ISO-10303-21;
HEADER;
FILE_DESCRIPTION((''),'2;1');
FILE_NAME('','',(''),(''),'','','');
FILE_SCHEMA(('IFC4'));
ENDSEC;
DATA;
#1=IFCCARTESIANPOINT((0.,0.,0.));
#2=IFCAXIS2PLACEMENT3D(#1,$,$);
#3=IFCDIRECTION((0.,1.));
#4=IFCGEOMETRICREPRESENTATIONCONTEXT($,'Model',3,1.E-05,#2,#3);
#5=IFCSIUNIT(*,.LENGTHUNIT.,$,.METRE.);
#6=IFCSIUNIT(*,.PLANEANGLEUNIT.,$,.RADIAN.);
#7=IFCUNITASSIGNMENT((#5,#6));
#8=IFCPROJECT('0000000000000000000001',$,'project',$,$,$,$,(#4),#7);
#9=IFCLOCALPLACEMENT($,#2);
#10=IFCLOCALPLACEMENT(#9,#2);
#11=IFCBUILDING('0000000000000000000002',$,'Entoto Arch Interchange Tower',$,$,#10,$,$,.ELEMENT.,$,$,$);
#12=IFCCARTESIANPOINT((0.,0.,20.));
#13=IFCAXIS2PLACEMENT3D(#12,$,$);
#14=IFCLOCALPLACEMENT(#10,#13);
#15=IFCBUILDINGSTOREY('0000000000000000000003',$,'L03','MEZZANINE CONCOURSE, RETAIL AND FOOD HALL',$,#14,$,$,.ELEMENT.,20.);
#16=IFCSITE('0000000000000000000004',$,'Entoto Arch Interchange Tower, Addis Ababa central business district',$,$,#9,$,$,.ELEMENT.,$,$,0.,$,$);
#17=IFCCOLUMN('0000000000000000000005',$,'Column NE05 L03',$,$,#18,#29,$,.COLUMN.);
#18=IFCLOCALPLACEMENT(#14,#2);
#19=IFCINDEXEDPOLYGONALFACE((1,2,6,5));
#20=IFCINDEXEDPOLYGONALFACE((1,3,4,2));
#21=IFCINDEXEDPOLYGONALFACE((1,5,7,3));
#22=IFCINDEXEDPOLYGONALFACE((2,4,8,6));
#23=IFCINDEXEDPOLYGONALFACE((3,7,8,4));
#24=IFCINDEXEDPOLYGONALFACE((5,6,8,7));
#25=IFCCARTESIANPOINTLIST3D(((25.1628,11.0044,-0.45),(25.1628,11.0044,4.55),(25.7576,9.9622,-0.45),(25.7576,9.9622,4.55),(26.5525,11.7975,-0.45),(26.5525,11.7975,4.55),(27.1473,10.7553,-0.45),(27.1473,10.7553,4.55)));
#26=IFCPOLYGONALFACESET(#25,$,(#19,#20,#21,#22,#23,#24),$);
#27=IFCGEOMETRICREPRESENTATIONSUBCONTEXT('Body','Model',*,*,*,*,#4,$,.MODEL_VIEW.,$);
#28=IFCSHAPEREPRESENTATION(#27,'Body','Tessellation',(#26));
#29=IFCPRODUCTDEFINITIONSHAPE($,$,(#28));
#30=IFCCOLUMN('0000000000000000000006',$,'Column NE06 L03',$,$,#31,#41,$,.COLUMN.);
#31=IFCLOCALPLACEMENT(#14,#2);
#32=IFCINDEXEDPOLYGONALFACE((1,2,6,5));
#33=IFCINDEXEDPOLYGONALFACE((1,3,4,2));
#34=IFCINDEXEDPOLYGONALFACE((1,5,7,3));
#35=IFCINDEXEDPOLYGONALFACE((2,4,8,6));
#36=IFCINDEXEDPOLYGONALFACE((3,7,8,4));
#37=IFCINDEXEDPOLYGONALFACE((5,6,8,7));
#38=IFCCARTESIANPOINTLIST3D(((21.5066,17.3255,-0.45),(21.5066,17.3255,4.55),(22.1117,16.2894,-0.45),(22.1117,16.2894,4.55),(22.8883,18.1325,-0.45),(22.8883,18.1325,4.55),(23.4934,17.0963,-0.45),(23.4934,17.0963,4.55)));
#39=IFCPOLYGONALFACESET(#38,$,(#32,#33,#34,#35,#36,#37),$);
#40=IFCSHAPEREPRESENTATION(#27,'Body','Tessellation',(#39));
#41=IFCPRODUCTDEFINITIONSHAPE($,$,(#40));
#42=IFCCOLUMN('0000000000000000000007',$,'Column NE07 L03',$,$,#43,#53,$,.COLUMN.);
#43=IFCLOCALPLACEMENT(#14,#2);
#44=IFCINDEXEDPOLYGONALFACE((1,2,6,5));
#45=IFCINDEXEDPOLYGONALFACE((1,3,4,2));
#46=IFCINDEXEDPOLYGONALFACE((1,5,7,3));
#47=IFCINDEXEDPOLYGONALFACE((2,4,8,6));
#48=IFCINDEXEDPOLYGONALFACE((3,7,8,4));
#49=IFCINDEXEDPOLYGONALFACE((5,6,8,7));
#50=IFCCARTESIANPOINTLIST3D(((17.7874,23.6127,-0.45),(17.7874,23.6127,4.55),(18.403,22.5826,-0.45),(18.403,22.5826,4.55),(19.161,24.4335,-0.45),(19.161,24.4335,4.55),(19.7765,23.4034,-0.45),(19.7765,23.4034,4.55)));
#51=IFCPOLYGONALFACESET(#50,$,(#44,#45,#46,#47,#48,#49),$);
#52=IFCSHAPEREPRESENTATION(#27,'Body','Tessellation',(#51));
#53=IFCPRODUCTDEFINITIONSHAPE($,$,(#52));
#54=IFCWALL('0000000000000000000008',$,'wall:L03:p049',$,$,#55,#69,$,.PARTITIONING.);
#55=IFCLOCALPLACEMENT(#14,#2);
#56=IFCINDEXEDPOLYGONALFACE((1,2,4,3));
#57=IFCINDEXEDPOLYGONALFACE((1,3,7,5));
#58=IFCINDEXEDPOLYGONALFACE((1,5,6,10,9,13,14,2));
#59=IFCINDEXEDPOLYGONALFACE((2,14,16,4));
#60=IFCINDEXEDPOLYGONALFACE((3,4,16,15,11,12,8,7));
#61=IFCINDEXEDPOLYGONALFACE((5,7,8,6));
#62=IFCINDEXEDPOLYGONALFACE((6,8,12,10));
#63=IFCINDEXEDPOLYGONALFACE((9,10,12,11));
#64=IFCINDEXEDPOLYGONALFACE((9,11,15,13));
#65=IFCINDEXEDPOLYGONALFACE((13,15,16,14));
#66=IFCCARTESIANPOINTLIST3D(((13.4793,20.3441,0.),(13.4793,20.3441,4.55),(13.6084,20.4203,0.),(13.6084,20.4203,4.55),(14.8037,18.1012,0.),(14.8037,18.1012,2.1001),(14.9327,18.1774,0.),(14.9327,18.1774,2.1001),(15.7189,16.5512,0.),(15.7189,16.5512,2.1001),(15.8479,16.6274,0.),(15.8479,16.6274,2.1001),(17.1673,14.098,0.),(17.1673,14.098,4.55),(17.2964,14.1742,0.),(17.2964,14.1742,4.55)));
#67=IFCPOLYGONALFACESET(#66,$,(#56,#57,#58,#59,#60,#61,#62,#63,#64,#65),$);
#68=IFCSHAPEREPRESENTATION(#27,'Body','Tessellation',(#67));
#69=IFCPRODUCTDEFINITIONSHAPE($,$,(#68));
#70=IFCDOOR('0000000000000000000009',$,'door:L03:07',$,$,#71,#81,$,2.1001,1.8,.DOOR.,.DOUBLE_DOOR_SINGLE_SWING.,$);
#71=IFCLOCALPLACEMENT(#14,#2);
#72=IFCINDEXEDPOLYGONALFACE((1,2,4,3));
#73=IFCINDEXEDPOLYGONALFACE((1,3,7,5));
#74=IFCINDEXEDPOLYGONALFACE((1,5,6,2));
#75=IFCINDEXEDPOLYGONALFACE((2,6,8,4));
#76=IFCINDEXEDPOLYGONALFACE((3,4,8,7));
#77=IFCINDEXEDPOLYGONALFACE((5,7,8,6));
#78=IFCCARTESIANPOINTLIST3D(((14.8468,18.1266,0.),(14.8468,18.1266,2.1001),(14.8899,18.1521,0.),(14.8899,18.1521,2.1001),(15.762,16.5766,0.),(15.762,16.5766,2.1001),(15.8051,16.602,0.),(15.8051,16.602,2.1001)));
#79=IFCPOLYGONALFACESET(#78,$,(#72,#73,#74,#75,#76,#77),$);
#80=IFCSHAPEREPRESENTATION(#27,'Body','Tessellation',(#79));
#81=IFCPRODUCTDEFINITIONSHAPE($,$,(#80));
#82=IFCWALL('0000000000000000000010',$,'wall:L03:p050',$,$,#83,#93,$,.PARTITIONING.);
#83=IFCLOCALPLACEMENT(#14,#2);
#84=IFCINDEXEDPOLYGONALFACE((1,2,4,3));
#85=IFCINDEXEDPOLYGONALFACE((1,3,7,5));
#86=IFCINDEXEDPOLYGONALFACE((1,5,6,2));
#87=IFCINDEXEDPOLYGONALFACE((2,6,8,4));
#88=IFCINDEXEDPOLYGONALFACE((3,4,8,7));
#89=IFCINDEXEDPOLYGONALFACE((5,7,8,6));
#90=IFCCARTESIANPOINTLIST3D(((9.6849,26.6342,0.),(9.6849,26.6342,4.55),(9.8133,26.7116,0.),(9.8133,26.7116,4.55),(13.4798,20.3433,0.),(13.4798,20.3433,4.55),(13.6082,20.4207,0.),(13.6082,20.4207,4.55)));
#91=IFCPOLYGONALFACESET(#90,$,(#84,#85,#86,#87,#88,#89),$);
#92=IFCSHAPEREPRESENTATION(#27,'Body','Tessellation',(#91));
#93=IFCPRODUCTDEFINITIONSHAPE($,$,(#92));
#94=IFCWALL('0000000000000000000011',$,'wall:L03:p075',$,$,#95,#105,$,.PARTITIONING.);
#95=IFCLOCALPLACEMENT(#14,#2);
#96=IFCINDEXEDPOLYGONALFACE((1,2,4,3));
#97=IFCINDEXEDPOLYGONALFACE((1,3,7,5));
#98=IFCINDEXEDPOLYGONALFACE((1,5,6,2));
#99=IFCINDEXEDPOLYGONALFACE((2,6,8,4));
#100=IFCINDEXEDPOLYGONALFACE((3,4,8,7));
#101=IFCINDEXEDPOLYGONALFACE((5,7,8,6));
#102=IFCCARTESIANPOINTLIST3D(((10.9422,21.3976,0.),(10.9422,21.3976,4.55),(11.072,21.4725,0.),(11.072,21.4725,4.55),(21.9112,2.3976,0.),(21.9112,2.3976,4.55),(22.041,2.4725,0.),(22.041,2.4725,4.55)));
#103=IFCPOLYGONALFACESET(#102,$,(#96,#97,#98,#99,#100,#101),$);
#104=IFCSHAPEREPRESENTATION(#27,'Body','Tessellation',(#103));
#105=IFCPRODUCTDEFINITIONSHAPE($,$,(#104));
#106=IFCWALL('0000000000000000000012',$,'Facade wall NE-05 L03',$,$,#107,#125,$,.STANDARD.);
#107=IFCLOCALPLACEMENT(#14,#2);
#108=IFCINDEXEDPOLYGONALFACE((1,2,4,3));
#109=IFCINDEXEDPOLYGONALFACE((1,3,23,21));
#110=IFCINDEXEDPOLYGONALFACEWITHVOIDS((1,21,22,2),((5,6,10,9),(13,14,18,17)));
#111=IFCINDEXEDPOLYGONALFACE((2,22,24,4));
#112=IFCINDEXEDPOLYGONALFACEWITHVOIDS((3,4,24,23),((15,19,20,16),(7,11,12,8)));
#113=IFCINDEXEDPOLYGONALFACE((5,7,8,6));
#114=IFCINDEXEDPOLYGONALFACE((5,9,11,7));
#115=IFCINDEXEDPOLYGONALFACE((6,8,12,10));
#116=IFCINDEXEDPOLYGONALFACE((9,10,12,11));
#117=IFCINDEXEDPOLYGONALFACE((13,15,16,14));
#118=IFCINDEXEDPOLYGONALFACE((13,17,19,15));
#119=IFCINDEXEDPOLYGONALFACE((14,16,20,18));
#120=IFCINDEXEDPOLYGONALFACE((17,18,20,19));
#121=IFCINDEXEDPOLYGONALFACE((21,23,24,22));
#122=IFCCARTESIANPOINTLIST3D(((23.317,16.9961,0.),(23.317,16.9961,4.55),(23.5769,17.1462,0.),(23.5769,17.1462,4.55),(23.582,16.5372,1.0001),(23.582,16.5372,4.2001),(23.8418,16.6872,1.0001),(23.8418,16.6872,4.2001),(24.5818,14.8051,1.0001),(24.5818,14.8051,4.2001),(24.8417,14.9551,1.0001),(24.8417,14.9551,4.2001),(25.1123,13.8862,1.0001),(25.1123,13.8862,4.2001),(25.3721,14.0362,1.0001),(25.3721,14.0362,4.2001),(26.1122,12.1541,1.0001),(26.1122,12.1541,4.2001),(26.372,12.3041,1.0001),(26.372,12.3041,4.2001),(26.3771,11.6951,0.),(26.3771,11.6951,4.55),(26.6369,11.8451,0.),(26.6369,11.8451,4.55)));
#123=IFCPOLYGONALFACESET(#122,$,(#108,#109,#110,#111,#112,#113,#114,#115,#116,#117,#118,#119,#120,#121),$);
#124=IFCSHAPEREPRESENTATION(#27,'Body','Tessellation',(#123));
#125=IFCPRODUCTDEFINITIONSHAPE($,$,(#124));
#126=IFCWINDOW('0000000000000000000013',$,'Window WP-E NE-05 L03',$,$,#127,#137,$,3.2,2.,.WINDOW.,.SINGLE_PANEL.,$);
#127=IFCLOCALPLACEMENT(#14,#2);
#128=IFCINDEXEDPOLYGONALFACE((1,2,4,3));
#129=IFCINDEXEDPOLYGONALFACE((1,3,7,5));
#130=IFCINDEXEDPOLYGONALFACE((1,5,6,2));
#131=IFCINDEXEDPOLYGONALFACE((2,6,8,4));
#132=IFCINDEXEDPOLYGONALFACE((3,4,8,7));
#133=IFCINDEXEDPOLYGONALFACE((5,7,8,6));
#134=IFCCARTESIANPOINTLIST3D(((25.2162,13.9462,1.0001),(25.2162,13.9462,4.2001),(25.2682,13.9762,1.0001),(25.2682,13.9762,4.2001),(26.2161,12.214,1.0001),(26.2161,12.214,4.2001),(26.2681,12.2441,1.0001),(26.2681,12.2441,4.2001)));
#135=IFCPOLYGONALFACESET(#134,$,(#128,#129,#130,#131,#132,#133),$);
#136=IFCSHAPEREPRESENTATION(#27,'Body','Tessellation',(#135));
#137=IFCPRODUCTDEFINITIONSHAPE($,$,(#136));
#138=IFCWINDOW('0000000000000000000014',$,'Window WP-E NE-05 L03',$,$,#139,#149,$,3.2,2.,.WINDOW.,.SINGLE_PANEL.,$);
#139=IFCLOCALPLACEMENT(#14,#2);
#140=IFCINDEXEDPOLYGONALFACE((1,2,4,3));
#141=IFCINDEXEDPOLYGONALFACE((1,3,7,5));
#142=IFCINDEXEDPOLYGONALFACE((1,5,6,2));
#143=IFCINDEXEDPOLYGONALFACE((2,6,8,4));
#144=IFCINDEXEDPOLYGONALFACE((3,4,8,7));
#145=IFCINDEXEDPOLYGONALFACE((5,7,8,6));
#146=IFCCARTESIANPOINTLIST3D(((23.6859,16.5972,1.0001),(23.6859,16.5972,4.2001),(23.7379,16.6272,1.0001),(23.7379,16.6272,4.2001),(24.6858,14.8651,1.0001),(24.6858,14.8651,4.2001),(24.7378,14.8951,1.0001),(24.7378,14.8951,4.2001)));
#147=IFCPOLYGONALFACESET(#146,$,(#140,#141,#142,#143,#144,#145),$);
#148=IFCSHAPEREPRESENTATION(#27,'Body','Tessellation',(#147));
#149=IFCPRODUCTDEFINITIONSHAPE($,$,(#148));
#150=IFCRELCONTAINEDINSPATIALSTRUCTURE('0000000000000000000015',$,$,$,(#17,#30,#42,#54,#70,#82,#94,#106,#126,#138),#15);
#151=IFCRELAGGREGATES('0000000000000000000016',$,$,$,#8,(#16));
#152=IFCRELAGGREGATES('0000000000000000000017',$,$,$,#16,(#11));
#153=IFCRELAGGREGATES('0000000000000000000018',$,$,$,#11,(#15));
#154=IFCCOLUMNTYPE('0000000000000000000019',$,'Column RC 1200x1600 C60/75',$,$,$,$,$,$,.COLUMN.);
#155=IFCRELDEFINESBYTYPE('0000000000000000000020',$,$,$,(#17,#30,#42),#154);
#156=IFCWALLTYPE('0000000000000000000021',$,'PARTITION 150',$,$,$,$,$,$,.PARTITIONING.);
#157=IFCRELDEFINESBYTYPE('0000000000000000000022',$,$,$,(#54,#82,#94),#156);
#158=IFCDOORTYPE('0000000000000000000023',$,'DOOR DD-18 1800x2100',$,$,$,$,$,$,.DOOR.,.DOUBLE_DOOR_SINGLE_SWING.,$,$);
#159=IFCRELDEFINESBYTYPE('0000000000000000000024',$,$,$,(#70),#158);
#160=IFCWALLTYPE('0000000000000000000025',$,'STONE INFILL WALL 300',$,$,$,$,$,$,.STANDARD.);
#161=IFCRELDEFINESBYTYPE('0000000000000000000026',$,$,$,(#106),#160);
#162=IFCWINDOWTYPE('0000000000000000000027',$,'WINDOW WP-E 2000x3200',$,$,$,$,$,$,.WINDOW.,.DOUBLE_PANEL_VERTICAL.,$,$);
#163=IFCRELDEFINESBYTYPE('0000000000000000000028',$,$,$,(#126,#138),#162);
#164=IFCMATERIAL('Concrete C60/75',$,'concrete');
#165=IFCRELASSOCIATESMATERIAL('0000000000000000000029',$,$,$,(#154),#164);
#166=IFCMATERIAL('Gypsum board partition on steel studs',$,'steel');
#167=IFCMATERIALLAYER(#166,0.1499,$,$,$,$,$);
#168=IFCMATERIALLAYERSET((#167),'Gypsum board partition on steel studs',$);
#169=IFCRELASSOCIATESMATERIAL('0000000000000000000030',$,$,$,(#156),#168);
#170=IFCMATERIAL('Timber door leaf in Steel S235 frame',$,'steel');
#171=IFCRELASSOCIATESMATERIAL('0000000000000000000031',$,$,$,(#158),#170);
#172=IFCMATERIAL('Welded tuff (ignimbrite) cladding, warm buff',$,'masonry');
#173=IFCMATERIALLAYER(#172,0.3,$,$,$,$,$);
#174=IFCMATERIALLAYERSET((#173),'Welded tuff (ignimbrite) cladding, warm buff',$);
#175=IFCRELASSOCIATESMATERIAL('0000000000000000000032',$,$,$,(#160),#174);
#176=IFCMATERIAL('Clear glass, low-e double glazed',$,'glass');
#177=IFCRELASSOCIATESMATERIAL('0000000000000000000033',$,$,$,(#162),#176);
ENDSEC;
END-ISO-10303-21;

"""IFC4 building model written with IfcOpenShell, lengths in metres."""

from ifc_helpers import new_model, si_unit, direction, frame, frame_2d, origin, origin_2d, place, context, subcontext, project, spatial, rectangle, extrude, material, layer, layer_set, material_profile, profile_set, type_object, element, fill, save


model = new_model("IFC4")

# Units and contexts
model_context = context("Model", 3, precision=1e-05, world=origin(), true_north=direction((0.0, 1.0)))
body_context = subcontext(model_context, "Body", "Model", "MODEL_VIEW")
ifc_project = project(units=[si_unit("LENGTHUNIT", "METRE"), si_unit("PLANEANGLEUNIT", "RADIAN")], contexts=[model_context])

# Site, building, storey
site_placement = place(None, origin())
site = spatial("IfcSite", under=ifc_project, at=site_placement, Name="Entoto Arch Interchange Tower, Addis Ababa central business district", CompositionType="ELEMENT", RefElevation=0.0)
building_placement = place(site_placement, origin())
building = spatial("IfcBuilding", under=site, at=building_placement, Name="Entoto Arch Interchange Tower", CompositionType="ELEMENT")
storey_placement = place(building_placement, frame((0.0, 0.0, 20.0)))
storey = spatial("IfcBuildingStorey", under=building, at=storey_placement, Name="L03", Description="MEZZANINE CONCOURSE, RETAIL AND FOOD HALL", CompositionType="ELEMENT", Elevation=20.0)

# Columns
ifc_material_1 = material(Name="Concrete C60/75", Category="concrete")
ifc_material_profile = material_profile(ifc_material_1, rectangle(XDim=1.2, YDim=1.6001, at=origin_2d()))
ifc_profile_set = profile_set([ifc_material_profile], Name="Concrete C60/75")
column_type = type_object("IfcColumnType", Name="Column RC 1200x1600 C60/75", PredefinedType="COLUMN", material=ifc_profile_set)
for number, where, z_axis, x_axis, name in (
    (1, (26.155, 10.8799, -0.45), (0.0, 0.0, 1.0), (-0.495656, 0.868519, 0.0), "Column NE05 L03"),
    (2, (22.5, 17.2109, -0.45), (0.0, 0.0, 1.0), (-0.504332, 0.86351, 0.0), "Column NE06 L03"),
    (3, (18.782, 23.5081, -0.45), (0.0, 0.0, 1.0), (-0.512972, 0.858405, 0.0), "Column NE07 L03"),
):
    element("IfcColumn", number, at=place(storey_placement, frame(where, z_axis=z_axis, x_axis=x_axis)), inside=storey, type_object=column_type, Name=name, PredefinedType="COLUMN", context=body_context, shape_type="SweptSolid", body=[
        extrude(rectangle(XDim=1.2, YDim=1.6001, at=origin_2d()), origin(), (0.0, 0.0, 1.0), 5.0),
    ])

# Wall, opening, door
ifc_material_2 = material(Name="Gypsum board partition on steel studs", Category="steel")
ifc_layer_1 = layer(ifc_material_2, 0.1499)
ifc_layer_set_1 = layer_set([ifc_layer_1], Name="Gypsum board partition on steel studs")
wall_type_1 = type_object("IfcWallType", Name="PARTITION 150", PredefinedType="PARTITIONING", material=ifc_layer_set_1)
wall_1_placement = place(storey_placement, frame((17.2319, 14.136, 0.0), z_axis=(0.0, 0.0, 1.0), x_axis=(-0.508434, 0.861101, 0.0)))
wall_1 = element("IfcWall", 4, at=wall_1_placement, inside=storey, type_object=wall_type_1, Name="wall:L03:p049", PredefinedType="PARTITIONING", context=body_context, shape_type="SweptSolid", body=[
    extrude(rectangle(XDim=7.2537, YDim=0.1499, at=frame_2d((3.627, 0.0))), origin(), (0.0, 0.0, 1.0), 4.55),
])
opening_1_placement = place(wall_1_placement, frame((2.8491, 0.0, 0.0)))
opening_1 = element("IfcOpeningElement", 5, at=opening_1_placement, cuts=wall_1, PredefinedType="OPENING", context=body_context, shape_type="SweptSolid", body=[
    extrude(rectangle(XDim=1.8, YDim=2.1001, at=frame_2d((0.8999, 1.05))), frame((0.0, 0.085, 0.0), z_axis=(0.0, -1.0, 0.0), x_axis=(1.0, 0.0, 0.0)), (0.0, 0.0, 1.0), 0.1699),
])
ifc_material_3 = material(Name="Timber door leaf in Steel S235 frame", Category="steel")
door_type = type_object("IfcDoorType", Name="DOOR DD-18 1800x2100", OperationType="DOUBLE_DOOR_SINGLE_SWING", PredefinedType="DOOR", material=ifc_material_3)
door_placement = place(opening_1_placement, origin())
door = element("IfcDoor", 6, at=door_placement, inside=storey, type_object=door_type, Name="door:L03:07", OperationType="DOUBLE_DOOR_SINGLE_SWING", OverallHeight=2.1001, OverallWidth=1.8, PredefinedType="DOOR", context=body_context, shape_type="SweptSolid", body=[
    extrude(rectangle(XDim=1.8, YDim=2.1001, at=frame_2d((0.8999, 1.05))), frame((0.0, 0.0249, 0.0), z_axis=(0.0, -1.0, 0.0), x_axis=(1.0, 0.0, 0.0)), (0.0, 0.0, 1.0), 0.05),
])
fill(opening_1, door)

# Walls
wall_2_placement = place(storey_placement, frame((13.5439, 20.3821, 0.0), z_axis=(0.0, 0.0, 1.0), x_axis=(-0.516527, 0.856271, 0.0)))
element("IfcWall", 7, at=wall_2_placement, inside=storey, type_object=wall_type_1, Name="wall:L03:p050", PredefinedType="PARTITIONING", context=body_context, shape_type="SweptSolid", body=[
    extrude(rectangle(XDim=7.3469, YDim=0.1499, at=frame_2d((3.6733, 0.0))), origin(), (0.0, 0.0, 1.0), 4.55),
])
wall_3_placement = place(storey_placement, frame((11.0071, 21.4351, 0.0), z_axis=(0.0, 0.0, 1.0), x_axis=(0.499977, -0.866038, 0.0)))
element("IfcWall", 8, at=wall_3_placement, inside=storey, type_object=wall_type_1, Name="wall:L03:p075", PredefinedType="PARTITIONING", context=body_context, shape_type="SweptSolid", body=[
    extrude(rectangle(XDim=21.939, YDim=0.1499, at=frame_2d((10.9695, 0.0))), origin(), (0.0, 0.0, 1.0), 4.55),
])

# Wall, openings, windows
ifc_material_4 = material(Name="Welded tuff (ignimbrite) cladding, warm buff", Category="masonry")
ifc_layer_2 = layer(ifc_material_4, 0.3)
ifc_layer_set_2 = layer_set([ifc_layer_2], Name="Welded tuff (ignimbrite) cladding, warm buff")
wall_type_2 = type_object("IfcWallType", Name="STONE INFILL WALL 300", PredefinedType="STANDARD", material=ifc_layer_set_2)
wall_4_placement = place(storey_placement, frame((26.5071, 11.77, 0.0), z_axis=(0.0, 0.0, 1.0), x_axis=(-0.49994, 0.86606, 0.0)))
wall_4 = element("IfcWall", 9, at=wall_4_placement, inside=storey, type_object=wall_type_2, Name="Facade wall NE-05 L03", PredefinedType="STANDARD", context=body_context, shape_type="SweptSolid", body=[
    extrude(rectangle(XDim=6.1208, YDim=0.3, at=frame_2d((3.0605, 0.0))), origin(), (0.0, 0.0, 1.0), 4.55),
])
opening_2_placement = place(wall_4_placement, frame((0.53, 0.0, 1.0)))
opening_2 = element("IfcOpeningElement", 10, at=opening_2_placement, cuts=wall_4, PredefinedType="OPENING", context=body_context, shape_type="SweptSolid", body=[
    extrude(rectangle(XDim=2.0, YDim=3.2, at=frame_2d((1.0, 1.6001))), frame((0.0, 0.1602, 0.0), z_axis=(0.0, -1.0, 0.0), x_axis=(1.0, 0.0, 0.0)), (0.0, 0.0, 1.0), 0.3201),
])
opening_3_placement = place(wall_4_placement, frame((3.5911, 0.0, 1.0)))
opening_3 = element("IfcOpeningElement", 11, at=opening_3_placement, cuts=wall_4, PredefinedType="OPENING", context=body_context, shape_type="SweptSolid", body=[
    extrude(rectangle(XDim=2.0, YDim=3.2, at=frame_2d((1.0, 1.6001))), frame((0.0, 0.1602, 0.0), z_axis=(0.0, -1.0, 0.0), x_axis=(1.0, 0.0, 0.0)), (0.0, 0.0, 1.0), 0.3201),
])
ifc_material_5 = material(Name="Clear glass, low-e double glazed", Category="glass")
window_type = type_object("IfcWindowType", Name="WINDOW WP-E 2000x3200", PartitioningType="DOUBLE_PANEL_VERTICAL", PredefinedType="WINDOW", material=ifc_material_5)
window_1_placement = place(opening_2_placement, origin())
window_1 = element("IfcWindow", 12, at=window_1_placement, inside=storey, type_object=window_type, Name="Window WP-E NE-05 L03", OverallHeight=3.2, OverallWidth=2.0, PartitioningType="SINGLE_PANEL", PredefinedType="WINDOW", context=body_context, shape_type="SweptSolid", body=[
    extrude(rectangle(XDim=2.0, YDim=3.2, at=frame_2d((1.0, 1.6001))), frame((0.0, 0.03, 0.0), z_axis=(0.0, -1.0, 0.0), x_axis=(1.0, 0.0, 0.0)), (0.0, 0.0, 1.0), 0.0601),
])
fill(opening_2, window_1)
window_2_placement = place(opening_3_placement, origin())
window_2 = element("IfcWindow", 13, at=window_2_placement, inside=storey, type_object=window_type, Name="Window WP-E NE-05 L03", OverallHeight=3.2, OverallWidth=2.0, PartitioningType="SINGLE_PANEL", PredefinedType="WINDOW", context=body_context, shape_type="SweptSolid", body=[
    extrude(rectangle(XDim=2.0, YDim=3.2, at=frame_2d((1.0, 1.6001))), frame((0.0, 0.03, 0.0), z_axis=(0.0, -1.0, 0.0), x_axis=(1.0, 0.0, 0.0)), (0.0, 0.0, 1.0), 0.0601),
])
fill(opening_3, window_2)

save(model, "model.ifc")
